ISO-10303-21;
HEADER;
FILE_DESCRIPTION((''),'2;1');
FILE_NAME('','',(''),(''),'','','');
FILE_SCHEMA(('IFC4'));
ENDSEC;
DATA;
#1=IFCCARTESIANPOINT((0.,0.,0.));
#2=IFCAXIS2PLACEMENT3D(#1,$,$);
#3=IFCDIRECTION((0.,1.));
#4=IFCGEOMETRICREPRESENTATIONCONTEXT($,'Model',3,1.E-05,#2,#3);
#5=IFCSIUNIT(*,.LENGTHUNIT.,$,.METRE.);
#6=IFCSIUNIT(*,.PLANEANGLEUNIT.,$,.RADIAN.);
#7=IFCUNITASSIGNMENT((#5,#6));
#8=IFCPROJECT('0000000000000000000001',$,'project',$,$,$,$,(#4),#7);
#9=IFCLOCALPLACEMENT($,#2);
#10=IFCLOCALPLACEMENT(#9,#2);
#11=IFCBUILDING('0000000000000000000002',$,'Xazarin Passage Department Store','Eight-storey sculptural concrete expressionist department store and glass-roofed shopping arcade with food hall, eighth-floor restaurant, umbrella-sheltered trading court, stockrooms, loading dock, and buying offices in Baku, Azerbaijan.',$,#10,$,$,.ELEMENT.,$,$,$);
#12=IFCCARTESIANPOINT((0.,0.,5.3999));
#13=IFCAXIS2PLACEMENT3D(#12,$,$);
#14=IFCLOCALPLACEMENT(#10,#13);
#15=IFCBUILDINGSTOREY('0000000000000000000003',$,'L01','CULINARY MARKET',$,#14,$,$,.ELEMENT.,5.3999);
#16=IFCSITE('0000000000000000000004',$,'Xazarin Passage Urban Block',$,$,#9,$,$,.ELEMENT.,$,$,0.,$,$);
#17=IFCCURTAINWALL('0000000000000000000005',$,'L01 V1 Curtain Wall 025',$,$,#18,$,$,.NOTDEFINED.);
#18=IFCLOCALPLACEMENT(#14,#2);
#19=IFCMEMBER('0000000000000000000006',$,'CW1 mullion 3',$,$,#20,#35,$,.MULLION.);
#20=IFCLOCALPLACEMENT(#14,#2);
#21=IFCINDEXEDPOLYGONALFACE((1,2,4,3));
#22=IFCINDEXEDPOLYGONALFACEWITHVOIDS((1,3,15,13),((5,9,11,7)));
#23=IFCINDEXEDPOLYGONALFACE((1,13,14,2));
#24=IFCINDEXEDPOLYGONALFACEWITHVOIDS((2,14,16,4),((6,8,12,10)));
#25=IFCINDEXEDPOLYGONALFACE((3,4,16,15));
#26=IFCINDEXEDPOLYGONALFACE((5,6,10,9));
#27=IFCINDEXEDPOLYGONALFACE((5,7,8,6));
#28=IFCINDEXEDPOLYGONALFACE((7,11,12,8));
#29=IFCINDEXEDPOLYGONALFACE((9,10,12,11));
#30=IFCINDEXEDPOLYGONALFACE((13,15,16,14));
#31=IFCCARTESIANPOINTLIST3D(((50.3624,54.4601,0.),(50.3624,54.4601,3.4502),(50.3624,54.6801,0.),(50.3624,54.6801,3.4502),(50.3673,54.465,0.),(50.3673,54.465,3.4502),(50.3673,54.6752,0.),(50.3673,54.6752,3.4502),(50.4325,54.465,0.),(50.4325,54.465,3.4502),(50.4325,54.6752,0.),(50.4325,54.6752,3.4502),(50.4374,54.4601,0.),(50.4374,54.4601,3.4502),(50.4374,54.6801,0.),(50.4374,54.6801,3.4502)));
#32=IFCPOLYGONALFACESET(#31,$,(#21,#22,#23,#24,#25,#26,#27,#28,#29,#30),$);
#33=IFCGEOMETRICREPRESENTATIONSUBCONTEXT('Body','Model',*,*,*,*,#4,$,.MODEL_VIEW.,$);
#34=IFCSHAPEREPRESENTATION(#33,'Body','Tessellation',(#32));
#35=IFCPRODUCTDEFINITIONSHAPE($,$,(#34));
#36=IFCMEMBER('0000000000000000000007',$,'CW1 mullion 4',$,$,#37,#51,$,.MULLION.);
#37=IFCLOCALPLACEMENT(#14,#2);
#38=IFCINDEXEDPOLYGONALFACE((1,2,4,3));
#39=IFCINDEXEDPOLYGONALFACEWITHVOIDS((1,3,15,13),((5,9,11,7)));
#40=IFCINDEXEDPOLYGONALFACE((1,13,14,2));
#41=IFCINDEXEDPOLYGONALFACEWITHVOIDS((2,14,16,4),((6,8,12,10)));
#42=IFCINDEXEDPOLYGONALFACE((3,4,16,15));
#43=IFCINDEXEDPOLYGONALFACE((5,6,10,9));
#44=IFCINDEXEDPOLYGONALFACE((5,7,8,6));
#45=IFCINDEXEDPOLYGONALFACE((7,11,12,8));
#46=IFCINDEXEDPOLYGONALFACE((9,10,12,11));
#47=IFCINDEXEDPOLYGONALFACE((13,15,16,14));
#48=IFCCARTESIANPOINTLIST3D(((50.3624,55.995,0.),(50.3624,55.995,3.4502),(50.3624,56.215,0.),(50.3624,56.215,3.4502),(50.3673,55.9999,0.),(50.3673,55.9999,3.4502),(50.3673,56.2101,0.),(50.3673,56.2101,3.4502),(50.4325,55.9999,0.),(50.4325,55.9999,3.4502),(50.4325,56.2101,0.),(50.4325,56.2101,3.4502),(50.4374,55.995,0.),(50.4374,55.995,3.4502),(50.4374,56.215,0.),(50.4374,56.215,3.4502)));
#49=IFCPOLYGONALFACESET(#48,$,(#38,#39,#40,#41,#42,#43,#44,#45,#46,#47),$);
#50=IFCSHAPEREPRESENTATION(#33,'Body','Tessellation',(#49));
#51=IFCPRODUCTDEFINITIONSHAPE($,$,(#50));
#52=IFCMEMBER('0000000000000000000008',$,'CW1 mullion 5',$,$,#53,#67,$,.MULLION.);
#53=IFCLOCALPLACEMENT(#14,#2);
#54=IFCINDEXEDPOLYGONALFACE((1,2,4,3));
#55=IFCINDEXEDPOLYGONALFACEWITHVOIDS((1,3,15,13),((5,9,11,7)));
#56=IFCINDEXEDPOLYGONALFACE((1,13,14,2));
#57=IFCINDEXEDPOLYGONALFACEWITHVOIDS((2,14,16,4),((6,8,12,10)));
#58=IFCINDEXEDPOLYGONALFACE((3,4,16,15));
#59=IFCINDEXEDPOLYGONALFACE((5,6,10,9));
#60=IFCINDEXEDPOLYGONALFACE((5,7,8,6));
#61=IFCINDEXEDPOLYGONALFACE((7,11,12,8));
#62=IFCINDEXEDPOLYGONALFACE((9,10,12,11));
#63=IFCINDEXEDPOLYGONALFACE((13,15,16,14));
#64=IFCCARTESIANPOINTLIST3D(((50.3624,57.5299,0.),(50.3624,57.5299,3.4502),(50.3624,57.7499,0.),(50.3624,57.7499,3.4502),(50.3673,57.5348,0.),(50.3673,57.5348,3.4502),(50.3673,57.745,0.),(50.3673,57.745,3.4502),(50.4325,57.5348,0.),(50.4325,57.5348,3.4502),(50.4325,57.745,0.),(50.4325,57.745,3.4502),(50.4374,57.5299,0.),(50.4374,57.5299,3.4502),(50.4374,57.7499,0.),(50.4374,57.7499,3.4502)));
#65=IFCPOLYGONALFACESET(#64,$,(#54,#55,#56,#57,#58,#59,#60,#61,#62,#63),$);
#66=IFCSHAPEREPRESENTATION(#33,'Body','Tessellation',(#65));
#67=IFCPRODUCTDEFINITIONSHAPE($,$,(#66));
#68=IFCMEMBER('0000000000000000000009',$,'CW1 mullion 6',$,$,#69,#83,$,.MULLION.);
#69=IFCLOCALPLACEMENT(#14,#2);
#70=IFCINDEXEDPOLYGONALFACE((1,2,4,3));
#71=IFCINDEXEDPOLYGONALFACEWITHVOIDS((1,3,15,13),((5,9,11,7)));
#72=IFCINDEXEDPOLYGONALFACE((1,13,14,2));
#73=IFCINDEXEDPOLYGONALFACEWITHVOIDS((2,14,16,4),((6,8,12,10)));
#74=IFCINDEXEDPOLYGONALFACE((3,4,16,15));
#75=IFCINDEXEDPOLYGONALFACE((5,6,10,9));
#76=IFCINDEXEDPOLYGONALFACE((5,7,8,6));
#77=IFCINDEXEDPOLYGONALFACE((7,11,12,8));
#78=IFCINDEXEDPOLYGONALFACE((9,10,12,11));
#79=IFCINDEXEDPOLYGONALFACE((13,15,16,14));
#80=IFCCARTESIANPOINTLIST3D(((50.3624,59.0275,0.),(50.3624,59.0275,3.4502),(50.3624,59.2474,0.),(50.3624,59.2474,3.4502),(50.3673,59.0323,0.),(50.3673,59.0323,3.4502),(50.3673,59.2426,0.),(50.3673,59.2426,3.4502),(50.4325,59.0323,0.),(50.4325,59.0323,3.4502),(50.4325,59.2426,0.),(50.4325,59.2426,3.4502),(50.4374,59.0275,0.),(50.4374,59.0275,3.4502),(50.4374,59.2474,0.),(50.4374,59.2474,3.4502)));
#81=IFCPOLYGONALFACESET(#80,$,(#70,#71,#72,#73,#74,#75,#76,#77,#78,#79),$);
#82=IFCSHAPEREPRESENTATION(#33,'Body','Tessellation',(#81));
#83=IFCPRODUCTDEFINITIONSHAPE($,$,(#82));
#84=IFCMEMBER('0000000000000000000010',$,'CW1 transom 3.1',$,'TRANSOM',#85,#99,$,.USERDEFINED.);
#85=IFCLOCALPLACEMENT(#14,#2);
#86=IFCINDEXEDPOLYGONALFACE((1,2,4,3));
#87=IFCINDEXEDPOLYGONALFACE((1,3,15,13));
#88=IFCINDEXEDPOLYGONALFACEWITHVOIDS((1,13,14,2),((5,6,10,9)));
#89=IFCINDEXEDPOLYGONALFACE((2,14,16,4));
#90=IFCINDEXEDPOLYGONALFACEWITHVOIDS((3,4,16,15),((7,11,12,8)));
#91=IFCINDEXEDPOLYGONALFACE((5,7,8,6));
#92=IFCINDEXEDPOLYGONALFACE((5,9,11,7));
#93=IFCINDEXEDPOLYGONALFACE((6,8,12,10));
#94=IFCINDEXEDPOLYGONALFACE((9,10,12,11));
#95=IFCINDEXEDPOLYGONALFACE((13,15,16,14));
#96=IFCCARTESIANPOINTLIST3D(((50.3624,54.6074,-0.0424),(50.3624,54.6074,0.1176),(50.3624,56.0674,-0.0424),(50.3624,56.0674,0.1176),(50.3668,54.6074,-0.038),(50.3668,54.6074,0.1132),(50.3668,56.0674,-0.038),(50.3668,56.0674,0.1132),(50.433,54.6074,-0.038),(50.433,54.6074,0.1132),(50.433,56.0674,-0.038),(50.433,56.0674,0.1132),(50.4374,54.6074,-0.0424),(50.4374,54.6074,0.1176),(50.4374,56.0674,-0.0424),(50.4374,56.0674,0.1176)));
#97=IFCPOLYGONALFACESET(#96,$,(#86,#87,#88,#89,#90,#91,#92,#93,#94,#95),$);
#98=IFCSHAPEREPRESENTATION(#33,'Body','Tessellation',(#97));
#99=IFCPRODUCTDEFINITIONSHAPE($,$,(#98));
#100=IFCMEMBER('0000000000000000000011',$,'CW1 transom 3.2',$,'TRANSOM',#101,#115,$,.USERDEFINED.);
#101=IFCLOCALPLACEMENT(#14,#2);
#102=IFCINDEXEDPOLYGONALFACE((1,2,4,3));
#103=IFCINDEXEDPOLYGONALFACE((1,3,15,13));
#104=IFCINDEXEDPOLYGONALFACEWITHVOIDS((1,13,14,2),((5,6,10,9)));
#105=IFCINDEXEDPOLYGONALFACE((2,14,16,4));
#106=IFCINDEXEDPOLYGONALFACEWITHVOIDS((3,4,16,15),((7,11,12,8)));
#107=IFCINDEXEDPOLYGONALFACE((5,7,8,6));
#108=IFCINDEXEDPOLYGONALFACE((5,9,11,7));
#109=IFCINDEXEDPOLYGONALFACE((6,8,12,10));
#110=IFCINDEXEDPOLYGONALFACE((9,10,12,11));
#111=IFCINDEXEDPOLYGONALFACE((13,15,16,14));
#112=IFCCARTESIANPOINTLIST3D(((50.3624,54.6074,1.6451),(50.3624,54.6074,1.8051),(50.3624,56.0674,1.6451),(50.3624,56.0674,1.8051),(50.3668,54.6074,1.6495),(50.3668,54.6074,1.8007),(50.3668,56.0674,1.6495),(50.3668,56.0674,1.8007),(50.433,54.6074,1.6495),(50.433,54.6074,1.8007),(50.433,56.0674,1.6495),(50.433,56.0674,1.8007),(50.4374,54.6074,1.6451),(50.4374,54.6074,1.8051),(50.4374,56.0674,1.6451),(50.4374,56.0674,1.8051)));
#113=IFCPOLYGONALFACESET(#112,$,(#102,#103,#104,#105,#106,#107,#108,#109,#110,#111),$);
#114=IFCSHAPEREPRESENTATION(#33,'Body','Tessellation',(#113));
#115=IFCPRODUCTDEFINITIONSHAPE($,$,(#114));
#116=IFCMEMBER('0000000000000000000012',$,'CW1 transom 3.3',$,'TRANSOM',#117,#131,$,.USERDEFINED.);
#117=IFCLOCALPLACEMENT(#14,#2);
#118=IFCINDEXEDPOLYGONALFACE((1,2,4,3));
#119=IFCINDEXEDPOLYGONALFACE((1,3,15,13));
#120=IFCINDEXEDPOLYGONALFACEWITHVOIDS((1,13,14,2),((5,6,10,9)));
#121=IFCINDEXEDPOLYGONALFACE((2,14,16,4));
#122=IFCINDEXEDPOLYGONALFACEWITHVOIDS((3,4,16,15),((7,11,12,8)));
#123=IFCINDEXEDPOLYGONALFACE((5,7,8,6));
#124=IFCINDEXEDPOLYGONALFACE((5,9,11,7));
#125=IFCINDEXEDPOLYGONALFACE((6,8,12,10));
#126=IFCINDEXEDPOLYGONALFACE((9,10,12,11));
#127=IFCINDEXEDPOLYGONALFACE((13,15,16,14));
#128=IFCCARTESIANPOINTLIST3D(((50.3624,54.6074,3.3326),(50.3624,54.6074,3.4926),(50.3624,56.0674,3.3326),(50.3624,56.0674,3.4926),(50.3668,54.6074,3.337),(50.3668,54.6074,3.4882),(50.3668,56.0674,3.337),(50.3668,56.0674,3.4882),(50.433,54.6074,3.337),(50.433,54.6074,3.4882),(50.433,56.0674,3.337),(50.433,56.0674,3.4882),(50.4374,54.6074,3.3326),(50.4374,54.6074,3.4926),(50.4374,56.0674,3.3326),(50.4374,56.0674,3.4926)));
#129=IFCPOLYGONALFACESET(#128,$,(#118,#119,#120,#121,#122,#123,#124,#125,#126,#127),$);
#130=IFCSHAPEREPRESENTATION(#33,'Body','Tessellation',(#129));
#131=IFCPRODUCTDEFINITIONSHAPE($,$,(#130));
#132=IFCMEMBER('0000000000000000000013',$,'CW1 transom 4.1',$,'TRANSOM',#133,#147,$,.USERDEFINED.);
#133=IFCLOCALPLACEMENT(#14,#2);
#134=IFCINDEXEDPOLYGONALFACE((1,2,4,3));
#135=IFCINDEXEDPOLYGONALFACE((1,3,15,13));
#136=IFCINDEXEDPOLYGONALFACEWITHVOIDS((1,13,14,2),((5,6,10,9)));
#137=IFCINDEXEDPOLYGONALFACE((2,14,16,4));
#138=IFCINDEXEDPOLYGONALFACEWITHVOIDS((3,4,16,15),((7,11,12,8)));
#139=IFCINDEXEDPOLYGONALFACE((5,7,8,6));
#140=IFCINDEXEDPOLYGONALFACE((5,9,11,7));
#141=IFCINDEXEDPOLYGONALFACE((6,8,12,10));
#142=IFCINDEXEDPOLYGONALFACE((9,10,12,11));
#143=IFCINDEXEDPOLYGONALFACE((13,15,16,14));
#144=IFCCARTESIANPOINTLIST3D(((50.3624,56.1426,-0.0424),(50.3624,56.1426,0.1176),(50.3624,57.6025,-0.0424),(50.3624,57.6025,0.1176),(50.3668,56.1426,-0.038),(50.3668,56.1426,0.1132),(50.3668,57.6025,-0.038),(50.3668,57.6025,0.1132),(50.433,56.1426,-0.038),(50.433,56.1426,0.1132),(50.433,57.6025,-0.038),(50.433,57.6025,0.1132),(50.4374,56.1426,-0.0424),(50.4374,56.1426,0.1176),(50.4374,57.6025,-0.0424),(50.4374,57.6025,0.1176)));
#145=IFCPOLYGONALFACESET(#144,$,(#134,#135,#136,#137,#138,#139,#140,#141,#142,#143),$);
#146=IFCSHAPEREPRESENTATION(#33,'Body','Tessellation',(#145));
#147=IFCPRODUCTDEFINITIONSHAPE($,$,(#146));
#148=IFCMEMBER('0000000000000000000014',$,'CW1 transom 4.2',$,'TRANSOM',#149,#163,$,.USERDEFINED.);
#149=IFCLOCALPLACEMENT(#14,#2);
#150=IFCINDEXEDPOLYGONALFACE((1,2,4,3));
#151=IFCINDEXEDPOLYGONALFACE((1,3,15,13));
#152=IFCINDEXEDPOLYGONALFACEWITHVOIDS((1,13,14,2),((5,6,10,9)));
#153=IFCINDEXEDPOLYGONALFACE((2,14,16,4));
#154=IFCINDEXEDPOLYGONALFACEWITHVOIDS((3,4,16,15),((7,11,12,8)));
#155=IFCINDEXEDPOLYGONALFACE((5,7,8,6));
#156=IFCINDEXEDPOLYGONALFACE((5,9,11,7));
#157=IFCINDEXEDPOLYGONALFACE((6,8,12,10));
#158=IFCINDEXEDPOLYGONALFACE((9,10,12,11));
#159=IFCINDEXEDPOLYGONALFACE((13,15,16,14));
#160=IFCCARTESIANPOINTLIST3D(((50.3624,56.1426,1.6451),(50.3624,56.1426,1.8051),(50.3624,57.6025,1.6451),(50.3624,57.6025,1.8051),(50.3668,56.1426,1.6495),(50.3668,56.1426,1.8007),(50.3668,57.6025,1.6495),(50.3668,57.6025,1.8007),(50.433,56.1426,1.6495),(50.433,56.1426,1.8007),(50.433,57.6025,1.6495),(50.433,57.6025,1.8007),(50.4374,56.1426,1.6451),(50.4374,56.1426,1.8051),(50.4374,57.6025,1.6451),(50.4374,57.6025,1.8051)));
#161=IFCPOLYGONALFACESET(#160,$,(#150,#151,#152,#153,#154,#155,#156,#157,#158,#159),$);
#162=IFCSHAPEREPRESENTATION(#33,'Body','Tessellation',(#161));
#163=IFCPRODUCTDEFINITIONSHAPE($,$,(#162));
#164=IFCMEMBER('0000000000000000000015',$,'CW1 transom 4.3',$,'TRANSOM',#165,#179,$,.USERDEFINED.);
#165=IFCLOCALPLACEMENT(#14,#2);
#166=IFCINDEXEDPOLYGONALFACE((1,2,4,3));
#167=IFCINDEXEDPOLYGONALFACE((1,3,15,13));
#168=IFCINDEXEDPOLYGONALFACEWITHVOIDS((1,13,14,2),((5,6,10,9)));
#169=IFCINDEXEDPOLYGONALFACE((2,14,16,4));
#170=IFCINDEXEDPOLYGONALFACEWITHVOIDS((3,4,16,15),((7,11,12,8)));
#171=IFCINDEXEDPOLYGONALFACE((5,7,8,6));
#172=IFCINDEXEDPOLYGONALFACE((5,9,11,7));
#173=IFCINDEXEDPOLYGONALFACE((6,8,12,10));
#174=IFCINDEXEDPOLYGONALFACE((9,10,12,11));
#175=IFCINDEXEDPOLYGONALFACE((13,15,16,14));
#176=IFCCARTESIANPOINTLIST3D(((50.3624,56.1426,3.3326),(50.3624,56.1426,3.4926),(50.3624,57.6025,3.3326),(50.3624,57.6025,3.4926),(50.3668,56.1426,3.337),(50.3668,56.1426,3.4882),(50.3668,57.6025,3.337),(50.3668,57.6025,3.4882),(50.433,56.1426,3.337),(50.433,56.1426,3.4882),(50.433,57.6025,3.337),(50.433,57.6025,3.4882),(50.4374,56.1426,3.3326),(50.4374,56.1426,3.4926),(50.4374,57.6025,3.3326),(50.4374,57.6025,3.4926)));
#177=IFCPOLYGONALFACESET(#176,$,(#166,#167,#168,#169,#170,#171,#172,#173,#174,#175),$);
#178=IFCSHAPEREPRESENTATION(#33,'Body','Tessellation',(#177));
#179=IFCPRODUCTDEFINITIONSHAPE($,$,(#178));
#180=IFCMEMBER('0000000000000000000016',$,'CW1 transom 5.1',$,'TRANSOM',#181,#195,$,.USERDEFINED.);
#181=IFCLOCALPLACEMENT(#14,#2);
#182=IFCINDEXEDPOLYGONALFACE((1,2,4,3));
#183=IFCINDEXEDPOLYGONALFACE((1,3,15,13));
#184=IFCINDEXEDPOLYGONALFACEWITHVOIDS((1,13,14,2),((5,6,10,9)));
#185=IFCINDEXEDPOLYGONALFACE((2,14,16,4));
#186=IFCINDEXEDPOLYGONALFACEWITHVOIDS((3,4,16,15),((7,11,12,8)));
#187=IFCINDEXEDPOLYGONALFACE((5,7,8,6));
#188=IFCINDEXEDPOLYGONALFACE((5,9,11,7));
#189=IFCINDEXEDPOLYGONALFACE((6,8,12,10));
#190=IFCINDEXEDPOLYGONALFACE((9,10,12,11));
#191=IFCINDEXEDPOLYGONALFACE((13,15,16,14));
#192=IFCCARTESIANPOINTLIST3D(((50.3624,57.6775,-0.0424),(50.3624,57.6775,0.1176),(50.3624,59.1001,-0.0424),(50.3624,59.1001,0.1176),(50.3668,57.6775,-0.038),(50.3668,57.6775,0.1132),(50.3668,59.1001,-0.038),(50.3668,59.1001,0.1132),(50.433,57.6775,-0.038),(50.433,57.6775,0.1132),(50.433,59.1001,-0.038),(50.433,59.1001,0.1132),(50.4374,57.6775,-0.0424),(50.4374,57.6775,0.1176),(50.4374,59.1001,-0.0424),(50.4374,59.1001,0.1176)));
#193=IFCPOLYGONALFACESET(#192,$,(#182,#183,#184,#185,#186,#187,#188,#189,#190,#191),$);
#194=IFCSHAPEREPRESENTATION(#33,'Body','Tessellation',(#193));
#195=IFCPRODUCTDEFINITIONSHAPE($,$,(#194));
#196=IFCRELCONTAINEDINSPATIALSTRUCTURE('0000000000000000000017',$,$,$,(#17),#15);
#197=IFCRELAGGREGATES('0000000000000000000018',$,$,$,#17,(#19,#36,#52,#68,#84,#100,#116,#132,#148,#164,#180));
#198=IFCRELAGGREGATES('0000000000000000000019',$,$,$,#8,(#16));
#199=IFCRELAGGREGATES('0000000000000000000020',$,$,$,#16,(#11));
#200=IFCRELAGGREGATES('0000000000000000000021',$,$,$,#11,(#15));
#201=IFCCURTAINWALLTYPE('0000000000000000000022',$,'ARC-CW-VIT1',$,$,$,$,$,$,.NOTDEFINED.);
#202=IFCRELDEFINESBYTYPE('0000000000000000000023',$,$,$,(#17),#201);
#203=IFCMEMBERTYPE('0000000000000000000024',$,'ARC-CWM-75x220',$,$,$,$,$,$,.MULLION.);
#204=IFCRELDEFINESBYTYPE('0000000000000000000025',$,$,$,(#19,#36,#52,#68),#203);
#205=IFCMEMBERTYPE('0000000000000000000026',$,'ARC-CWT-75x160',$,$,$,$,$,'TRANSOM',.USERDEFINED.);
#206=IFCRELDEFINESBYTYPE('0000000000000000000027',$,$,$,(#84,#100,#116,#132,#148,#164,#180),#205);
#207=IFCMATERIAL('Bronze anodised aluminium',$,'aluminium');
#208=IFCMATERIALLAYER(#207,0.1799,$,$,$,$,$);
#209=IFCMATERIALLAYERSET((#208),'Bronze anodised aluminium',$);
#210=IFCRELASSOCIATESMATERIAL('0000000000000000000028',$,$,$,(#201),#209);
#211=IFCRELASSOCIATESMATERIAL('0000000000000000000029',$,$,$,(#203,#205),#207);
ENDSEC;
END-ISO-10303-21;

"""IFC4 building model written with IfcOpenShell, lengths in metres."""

from ifc_helpers import new_model, si_unit, direction, frame, origin, origin_2d, place, context, subcontext, project, spatial, hollow_rectangle, extrude, material, layer, layer_set, material_profile, profile_set, type_object, element, aggregate, save


model = new_model("IFC4")

# Units and contexts
model_context = context("Model", 3, precision=1e-05, world=origin(), true_north=direction((0.0, 1.0)))
body_context = subcontext(model_context, "Body", "Model", "MODEL_VIEW")
ifc_project = project(units=[si_unit("LENGTHUNIT", "METRE"), si_unit("PLANEANGLEUNIT", "RADIAN")], contexts=[model_context])

# Site, building, storey
site_placement = place(None, origin())
site = spatial("IfcSite", under=ifc_project, at=site_placement, Name="Xazarin Passage Urban Block", CompositionType="ELEMENT", RefElevation=0.0)
building_placement = place(site_placement, origin())
building = spatial("IfcBuilding", under=site, at=building_placement, Name="Xazarin Passage Department Store", Description="Eight-storey sculptural concrete expressionist department store and glass-roofed shopping arcade with food hall, eighth-floor restaurant, umbrella-sheltered trading court, stockrooms, loading dock, and buying offices in Baku, Azerbaijan.", CompositionType="ELEMENT")
storey_placement = place(building_placement, frame((0.0, 0.0, 5.3999)))
storey = spatial("IfcBuildingStorey", under=building, at=storey_placement, Name="L01", Description="CULINARY MARKET", CompositionType="ELEMENT", Elevation=5.3999)

# Curtain wall, members
ifc_material_1 = material(Name="Bronze anodised aluminium", Category="aluminium")
ifc_layer_1 = layer(ifc_material_1, 0.1799)
ifc_layer_set_1 = layer_set([ifc_layer_1], Name="Bronze anodised aluminium")
curtain_wall_type = type_object("IfcCurtainWallType", Name="ARC-CW-VIT1", PredefinedType="NOTDEFINED", material=ifc_layer_set_1)
curtain_wall_placement = place(storey_placement, origin())
curtain_wall = element("IfcCurtainWall", 1, at=curtain_wall_placement, inside=storey, type_object=curtain_wall_type, Name="L01 V1 Curtain Wall 025", PredefinedType="NOTDEFINED")
ifc_material_profile_1 = material_profile(ifc_material_1, hollow_rectangle(XDim=0.075, YDim=0.22, WallThickness=0.0049, at=origin_2d()), Name="ALU 75x220")
ifc_profile_set_1 = profile_set([ifc_material_profile_1], Name="Bronze anodised aluminium")
member_type_1 = type_object("IfcMemberType", Name="ARC-CWM-75x220", PredefinedType="MULLION", material=ifc_profile_set_1)
member_1_placement = place(storey_placement, frame((50.3999, 54.5701, 0.0), z_axis=(0.0, 0.0, 1.0), x_axis=(-1.0, 0.0, 0.0)))
member_1 = element("IfcMember", 2, at=member_1_placement, type_object=member_type_1, Name="CW1 mullion 3", PredefinedType="MULLION", context=body_context, shape_type="SweptSolid", body=[
    extrude(hollow_rectangle(XDim=0.075, YDim=0.22, WallThickness=0.0049, at=origin_2d()), origin(), (0.0, 0.0, 1.0), 3.4502),
])
member_2_placement = place(storey_placement, frame((50.3999, 56.105, 0.0), z_axis=(0.0, 0.0, 1.0), x_axis=(-1.0, 0.0, 0.0)))
member_2 = element("IfcMember", 3, at=member_2_placement, type_object=member_type_1, Name="CW1 mullion 4", PredefinedType="MULLION", context=body_context, shape_type="SweptSolid", body=[
    extrude(hollow_rectangle(XDim=0.075, YDim=0.22, WallThickness=0.0049, at=origin_2d()), origin(), (0.0, 0.0, 1.0), 3.4502),
])
member_3_placement = place(storey_placement, frame((50.3999, 57.6399, 0.0), z_axis=(0.0, 0.0, 1.0), x_axis=(-1.0, 0.0, 0.0)))
member_3 = element("IfcMember", 4, at=member_3_placement, type_object=member_type_1, Name="CW1 mullion 5", PredefinedType="MULLION", context=body_context, shape_type="SweptSolid", body=[
    extrude(hollow_rectangle(XDim=0.075, YDim=0.22, WallThickness=0.0049, at=origin_2d()), origin(), (0.0, 0.0, 1.0), 3.4502),
])
member_4_placement = place(storey_placement, frame((50.3999, 59.1375, 0.0), z_axis=(0.0, 0.0, 1.0), x_axis=(-1.0, 0.0, 0.0)))
member_4 = element("IfcMember", 5, at=member_4_placement, type_object=member_type_1, Name="CW1 mullion 6", PredefinedType="MULLION", context=body_context, shape_type="SweptSolid", body=[
    extrude(hollow_rectangle(XDim=0.075, YDim=0.22, WallThickness=0.0049, at=origin_2d()), origin(), (0.0, 0.0, 1.0), 3.4502),
])
ifc_material_profile_2 = material_profile(ifc_material_1, hollow_rectangle(XDim=0.075, YDim=0.1599, WallThickness=0.0044, at=origin_2d()), Name="ALU 75x160")
ifc_profile_set_2 = profile_set([ifc_material_profile_2], Name="Bronze anodised aluminium")
member_type_2 = type_object("IfcMemberType", Name="ARC-CWT-75x160", ElementType="TRANSOM", PredefinedType="USERDEFINED", material=ifc_profile_set_2)
member_5_placement = place(storey_placement, frame((50.3999, 54.6074, 0.0376), z_axis=(0.0, 1.0, 0.0), x_axis=(-1.0, 0.0, 0.0)))
member_5 = element("IfcMember", 6, at=member_5_placement, type_object=member_type_2, Name="CW1 transom 3.1", ObjectType="TRANSOM", PredefinedType="USERDEFINED", context=body_context, shape_type="SweptSolid", body=[
    extrude(hollow_rectangle(XDim=0.075, YDim=0.1599, WallThickness=0.0044, at=origin_2d()), origin(), (0.0, 0.0, 1.0), 1.46),
])
member_6_placement = place(storey_placement, frame((50.3999, 54.6074, 1.7251), z_axis=(0.0, 1.0, 0.0), x_axis=(-1.0, 0.0, 0.0)))
member_6 = element("IfcMember", 7, at=member_6_placement, type_object=member_type_2, Name="CW1 transom 3.2", ObjectType="TRANSOM", PredefinedType="USERDEFINED", context=body_context, shape_type="SweptSolid", body=[
    extrude(hollow_rectangle(XDim=0.075, YDim=0.1599, WallThickness=0.0044, at=origin_2d()), origin(), (0.0, 0.0, 1.0), 1.46),
])
member_7_placement = place(storey_placement, frame((50.3999, 54.6074, 3.4126), z_axis=(0.0, 1.0, 0.0), x_axis=(-1.0, 0.0, 0.0)))
member_7 = element("IfcMember", 8, at=member_7_placement, type_object=member_type_2, Name="CW1 transom 3.3", ObjectType="TRANSOM", PredefinedType="USERDEFINED", context=body_context, shape_type="SweptSolid", body=[
    extrude(hollow_rectangle(XDim=0.075, YDim=0.1599, WallThickness=0.0044, at=origin_2d()), origin(), (0.0, 0.0, 1.0), 1.46),
])
member_8_placement = place(storey_placement, frame((50.3999, 56.1426, 0.0376), z_axis=(0.0, 1.0, 0.0), x_axis=(-1.0, 0.0, 0.0)))
member_8 = element("IfcMember", 9, at=member_8_placement, type_object=member_type_2, Name="CW1 transom 4.1", ObjectType="TRANSOM", PredefinedType="USERDEFINED", context=body_context, shape_type="SweptSolid", body=[
    extrude(hollow_rectangle(XDim=0.075, YDim=0.1599, WallThickness=0.0044, at=origin_2d()), origin(), (0.0, 0.0, 1.0), 1.46),
])
member_9_placement = place(storey_placement, frame((50.3999, 56.1426, 1.7251), z_axis=(0.0, 1.0, 0.0), x_axis=(-1.0, 0.0, 0.0)))
member_9 = element("IfcMember", 10, at=member_9_placement, type_object=member_type_2, Name="CW1 transom 4.2", ObjectType="TRANSOM", PredefinedType="USERDEFINED", context=body_context, shape_type="SweptSolid", body=[
    extrude(hollow_rectangle(XDim=0.075, YDim=0.1599, WallThickness=0.0044, at=origin_2d()), origin(), (0.0, 0.0, 1.0), 1.46),
])
member_10_placement = place(storey_placement, frame((50.3999, 56.1426, 3.4126), z_axis=(0.0, 1.0, 0.0), x_axis=(-1.0, 0.0, 0.0)))
member_10 = element("IfcMember", 11, at=member_10_placement, type_object=member_type_2, Name="CW1 transom 4.3", ObjectType="TRANSOM", PredefinedType="USERDEFINED", context=body_context, shape_type="SweptSolid", body=[
    extrude(hollow_rectangle(XDim=0.075, YDim=0.1599, WallThickness=0.0044, at=origin_2d()), origin(), (0.0, 0.0, 1.0), 1.46),
])
member_11_placement = place(storey_placement, frame((50.3999, 57.6775, 0.0376), z_axis=(0.0, 1.0, 0.0), x_axis=(-1.0, 0.0, 0.0)))
member_11 = element("IfcMember", 12, at=member_11_placement, type_object=member_type_2, Name="CW1 transom 5.1", ObjectType="TRANSOM", PredefinedType="USERDEFINED", context=body_context, shape_type="SweptSolid", body=[
    extrude(hollow_rectangle(XDim=0.075, YDim=0.1599, WallThickness=0.0044, at=origin_2d()), origin(), (0.0, 0.0, 1.0), 1.4226),
])

aggregate(curtain_wall, [member_1, member_2, member_3, member_4, member_5, member_6, member_7, member_8, member_9, member_10, member_11])

save(model, "model.ifc")
